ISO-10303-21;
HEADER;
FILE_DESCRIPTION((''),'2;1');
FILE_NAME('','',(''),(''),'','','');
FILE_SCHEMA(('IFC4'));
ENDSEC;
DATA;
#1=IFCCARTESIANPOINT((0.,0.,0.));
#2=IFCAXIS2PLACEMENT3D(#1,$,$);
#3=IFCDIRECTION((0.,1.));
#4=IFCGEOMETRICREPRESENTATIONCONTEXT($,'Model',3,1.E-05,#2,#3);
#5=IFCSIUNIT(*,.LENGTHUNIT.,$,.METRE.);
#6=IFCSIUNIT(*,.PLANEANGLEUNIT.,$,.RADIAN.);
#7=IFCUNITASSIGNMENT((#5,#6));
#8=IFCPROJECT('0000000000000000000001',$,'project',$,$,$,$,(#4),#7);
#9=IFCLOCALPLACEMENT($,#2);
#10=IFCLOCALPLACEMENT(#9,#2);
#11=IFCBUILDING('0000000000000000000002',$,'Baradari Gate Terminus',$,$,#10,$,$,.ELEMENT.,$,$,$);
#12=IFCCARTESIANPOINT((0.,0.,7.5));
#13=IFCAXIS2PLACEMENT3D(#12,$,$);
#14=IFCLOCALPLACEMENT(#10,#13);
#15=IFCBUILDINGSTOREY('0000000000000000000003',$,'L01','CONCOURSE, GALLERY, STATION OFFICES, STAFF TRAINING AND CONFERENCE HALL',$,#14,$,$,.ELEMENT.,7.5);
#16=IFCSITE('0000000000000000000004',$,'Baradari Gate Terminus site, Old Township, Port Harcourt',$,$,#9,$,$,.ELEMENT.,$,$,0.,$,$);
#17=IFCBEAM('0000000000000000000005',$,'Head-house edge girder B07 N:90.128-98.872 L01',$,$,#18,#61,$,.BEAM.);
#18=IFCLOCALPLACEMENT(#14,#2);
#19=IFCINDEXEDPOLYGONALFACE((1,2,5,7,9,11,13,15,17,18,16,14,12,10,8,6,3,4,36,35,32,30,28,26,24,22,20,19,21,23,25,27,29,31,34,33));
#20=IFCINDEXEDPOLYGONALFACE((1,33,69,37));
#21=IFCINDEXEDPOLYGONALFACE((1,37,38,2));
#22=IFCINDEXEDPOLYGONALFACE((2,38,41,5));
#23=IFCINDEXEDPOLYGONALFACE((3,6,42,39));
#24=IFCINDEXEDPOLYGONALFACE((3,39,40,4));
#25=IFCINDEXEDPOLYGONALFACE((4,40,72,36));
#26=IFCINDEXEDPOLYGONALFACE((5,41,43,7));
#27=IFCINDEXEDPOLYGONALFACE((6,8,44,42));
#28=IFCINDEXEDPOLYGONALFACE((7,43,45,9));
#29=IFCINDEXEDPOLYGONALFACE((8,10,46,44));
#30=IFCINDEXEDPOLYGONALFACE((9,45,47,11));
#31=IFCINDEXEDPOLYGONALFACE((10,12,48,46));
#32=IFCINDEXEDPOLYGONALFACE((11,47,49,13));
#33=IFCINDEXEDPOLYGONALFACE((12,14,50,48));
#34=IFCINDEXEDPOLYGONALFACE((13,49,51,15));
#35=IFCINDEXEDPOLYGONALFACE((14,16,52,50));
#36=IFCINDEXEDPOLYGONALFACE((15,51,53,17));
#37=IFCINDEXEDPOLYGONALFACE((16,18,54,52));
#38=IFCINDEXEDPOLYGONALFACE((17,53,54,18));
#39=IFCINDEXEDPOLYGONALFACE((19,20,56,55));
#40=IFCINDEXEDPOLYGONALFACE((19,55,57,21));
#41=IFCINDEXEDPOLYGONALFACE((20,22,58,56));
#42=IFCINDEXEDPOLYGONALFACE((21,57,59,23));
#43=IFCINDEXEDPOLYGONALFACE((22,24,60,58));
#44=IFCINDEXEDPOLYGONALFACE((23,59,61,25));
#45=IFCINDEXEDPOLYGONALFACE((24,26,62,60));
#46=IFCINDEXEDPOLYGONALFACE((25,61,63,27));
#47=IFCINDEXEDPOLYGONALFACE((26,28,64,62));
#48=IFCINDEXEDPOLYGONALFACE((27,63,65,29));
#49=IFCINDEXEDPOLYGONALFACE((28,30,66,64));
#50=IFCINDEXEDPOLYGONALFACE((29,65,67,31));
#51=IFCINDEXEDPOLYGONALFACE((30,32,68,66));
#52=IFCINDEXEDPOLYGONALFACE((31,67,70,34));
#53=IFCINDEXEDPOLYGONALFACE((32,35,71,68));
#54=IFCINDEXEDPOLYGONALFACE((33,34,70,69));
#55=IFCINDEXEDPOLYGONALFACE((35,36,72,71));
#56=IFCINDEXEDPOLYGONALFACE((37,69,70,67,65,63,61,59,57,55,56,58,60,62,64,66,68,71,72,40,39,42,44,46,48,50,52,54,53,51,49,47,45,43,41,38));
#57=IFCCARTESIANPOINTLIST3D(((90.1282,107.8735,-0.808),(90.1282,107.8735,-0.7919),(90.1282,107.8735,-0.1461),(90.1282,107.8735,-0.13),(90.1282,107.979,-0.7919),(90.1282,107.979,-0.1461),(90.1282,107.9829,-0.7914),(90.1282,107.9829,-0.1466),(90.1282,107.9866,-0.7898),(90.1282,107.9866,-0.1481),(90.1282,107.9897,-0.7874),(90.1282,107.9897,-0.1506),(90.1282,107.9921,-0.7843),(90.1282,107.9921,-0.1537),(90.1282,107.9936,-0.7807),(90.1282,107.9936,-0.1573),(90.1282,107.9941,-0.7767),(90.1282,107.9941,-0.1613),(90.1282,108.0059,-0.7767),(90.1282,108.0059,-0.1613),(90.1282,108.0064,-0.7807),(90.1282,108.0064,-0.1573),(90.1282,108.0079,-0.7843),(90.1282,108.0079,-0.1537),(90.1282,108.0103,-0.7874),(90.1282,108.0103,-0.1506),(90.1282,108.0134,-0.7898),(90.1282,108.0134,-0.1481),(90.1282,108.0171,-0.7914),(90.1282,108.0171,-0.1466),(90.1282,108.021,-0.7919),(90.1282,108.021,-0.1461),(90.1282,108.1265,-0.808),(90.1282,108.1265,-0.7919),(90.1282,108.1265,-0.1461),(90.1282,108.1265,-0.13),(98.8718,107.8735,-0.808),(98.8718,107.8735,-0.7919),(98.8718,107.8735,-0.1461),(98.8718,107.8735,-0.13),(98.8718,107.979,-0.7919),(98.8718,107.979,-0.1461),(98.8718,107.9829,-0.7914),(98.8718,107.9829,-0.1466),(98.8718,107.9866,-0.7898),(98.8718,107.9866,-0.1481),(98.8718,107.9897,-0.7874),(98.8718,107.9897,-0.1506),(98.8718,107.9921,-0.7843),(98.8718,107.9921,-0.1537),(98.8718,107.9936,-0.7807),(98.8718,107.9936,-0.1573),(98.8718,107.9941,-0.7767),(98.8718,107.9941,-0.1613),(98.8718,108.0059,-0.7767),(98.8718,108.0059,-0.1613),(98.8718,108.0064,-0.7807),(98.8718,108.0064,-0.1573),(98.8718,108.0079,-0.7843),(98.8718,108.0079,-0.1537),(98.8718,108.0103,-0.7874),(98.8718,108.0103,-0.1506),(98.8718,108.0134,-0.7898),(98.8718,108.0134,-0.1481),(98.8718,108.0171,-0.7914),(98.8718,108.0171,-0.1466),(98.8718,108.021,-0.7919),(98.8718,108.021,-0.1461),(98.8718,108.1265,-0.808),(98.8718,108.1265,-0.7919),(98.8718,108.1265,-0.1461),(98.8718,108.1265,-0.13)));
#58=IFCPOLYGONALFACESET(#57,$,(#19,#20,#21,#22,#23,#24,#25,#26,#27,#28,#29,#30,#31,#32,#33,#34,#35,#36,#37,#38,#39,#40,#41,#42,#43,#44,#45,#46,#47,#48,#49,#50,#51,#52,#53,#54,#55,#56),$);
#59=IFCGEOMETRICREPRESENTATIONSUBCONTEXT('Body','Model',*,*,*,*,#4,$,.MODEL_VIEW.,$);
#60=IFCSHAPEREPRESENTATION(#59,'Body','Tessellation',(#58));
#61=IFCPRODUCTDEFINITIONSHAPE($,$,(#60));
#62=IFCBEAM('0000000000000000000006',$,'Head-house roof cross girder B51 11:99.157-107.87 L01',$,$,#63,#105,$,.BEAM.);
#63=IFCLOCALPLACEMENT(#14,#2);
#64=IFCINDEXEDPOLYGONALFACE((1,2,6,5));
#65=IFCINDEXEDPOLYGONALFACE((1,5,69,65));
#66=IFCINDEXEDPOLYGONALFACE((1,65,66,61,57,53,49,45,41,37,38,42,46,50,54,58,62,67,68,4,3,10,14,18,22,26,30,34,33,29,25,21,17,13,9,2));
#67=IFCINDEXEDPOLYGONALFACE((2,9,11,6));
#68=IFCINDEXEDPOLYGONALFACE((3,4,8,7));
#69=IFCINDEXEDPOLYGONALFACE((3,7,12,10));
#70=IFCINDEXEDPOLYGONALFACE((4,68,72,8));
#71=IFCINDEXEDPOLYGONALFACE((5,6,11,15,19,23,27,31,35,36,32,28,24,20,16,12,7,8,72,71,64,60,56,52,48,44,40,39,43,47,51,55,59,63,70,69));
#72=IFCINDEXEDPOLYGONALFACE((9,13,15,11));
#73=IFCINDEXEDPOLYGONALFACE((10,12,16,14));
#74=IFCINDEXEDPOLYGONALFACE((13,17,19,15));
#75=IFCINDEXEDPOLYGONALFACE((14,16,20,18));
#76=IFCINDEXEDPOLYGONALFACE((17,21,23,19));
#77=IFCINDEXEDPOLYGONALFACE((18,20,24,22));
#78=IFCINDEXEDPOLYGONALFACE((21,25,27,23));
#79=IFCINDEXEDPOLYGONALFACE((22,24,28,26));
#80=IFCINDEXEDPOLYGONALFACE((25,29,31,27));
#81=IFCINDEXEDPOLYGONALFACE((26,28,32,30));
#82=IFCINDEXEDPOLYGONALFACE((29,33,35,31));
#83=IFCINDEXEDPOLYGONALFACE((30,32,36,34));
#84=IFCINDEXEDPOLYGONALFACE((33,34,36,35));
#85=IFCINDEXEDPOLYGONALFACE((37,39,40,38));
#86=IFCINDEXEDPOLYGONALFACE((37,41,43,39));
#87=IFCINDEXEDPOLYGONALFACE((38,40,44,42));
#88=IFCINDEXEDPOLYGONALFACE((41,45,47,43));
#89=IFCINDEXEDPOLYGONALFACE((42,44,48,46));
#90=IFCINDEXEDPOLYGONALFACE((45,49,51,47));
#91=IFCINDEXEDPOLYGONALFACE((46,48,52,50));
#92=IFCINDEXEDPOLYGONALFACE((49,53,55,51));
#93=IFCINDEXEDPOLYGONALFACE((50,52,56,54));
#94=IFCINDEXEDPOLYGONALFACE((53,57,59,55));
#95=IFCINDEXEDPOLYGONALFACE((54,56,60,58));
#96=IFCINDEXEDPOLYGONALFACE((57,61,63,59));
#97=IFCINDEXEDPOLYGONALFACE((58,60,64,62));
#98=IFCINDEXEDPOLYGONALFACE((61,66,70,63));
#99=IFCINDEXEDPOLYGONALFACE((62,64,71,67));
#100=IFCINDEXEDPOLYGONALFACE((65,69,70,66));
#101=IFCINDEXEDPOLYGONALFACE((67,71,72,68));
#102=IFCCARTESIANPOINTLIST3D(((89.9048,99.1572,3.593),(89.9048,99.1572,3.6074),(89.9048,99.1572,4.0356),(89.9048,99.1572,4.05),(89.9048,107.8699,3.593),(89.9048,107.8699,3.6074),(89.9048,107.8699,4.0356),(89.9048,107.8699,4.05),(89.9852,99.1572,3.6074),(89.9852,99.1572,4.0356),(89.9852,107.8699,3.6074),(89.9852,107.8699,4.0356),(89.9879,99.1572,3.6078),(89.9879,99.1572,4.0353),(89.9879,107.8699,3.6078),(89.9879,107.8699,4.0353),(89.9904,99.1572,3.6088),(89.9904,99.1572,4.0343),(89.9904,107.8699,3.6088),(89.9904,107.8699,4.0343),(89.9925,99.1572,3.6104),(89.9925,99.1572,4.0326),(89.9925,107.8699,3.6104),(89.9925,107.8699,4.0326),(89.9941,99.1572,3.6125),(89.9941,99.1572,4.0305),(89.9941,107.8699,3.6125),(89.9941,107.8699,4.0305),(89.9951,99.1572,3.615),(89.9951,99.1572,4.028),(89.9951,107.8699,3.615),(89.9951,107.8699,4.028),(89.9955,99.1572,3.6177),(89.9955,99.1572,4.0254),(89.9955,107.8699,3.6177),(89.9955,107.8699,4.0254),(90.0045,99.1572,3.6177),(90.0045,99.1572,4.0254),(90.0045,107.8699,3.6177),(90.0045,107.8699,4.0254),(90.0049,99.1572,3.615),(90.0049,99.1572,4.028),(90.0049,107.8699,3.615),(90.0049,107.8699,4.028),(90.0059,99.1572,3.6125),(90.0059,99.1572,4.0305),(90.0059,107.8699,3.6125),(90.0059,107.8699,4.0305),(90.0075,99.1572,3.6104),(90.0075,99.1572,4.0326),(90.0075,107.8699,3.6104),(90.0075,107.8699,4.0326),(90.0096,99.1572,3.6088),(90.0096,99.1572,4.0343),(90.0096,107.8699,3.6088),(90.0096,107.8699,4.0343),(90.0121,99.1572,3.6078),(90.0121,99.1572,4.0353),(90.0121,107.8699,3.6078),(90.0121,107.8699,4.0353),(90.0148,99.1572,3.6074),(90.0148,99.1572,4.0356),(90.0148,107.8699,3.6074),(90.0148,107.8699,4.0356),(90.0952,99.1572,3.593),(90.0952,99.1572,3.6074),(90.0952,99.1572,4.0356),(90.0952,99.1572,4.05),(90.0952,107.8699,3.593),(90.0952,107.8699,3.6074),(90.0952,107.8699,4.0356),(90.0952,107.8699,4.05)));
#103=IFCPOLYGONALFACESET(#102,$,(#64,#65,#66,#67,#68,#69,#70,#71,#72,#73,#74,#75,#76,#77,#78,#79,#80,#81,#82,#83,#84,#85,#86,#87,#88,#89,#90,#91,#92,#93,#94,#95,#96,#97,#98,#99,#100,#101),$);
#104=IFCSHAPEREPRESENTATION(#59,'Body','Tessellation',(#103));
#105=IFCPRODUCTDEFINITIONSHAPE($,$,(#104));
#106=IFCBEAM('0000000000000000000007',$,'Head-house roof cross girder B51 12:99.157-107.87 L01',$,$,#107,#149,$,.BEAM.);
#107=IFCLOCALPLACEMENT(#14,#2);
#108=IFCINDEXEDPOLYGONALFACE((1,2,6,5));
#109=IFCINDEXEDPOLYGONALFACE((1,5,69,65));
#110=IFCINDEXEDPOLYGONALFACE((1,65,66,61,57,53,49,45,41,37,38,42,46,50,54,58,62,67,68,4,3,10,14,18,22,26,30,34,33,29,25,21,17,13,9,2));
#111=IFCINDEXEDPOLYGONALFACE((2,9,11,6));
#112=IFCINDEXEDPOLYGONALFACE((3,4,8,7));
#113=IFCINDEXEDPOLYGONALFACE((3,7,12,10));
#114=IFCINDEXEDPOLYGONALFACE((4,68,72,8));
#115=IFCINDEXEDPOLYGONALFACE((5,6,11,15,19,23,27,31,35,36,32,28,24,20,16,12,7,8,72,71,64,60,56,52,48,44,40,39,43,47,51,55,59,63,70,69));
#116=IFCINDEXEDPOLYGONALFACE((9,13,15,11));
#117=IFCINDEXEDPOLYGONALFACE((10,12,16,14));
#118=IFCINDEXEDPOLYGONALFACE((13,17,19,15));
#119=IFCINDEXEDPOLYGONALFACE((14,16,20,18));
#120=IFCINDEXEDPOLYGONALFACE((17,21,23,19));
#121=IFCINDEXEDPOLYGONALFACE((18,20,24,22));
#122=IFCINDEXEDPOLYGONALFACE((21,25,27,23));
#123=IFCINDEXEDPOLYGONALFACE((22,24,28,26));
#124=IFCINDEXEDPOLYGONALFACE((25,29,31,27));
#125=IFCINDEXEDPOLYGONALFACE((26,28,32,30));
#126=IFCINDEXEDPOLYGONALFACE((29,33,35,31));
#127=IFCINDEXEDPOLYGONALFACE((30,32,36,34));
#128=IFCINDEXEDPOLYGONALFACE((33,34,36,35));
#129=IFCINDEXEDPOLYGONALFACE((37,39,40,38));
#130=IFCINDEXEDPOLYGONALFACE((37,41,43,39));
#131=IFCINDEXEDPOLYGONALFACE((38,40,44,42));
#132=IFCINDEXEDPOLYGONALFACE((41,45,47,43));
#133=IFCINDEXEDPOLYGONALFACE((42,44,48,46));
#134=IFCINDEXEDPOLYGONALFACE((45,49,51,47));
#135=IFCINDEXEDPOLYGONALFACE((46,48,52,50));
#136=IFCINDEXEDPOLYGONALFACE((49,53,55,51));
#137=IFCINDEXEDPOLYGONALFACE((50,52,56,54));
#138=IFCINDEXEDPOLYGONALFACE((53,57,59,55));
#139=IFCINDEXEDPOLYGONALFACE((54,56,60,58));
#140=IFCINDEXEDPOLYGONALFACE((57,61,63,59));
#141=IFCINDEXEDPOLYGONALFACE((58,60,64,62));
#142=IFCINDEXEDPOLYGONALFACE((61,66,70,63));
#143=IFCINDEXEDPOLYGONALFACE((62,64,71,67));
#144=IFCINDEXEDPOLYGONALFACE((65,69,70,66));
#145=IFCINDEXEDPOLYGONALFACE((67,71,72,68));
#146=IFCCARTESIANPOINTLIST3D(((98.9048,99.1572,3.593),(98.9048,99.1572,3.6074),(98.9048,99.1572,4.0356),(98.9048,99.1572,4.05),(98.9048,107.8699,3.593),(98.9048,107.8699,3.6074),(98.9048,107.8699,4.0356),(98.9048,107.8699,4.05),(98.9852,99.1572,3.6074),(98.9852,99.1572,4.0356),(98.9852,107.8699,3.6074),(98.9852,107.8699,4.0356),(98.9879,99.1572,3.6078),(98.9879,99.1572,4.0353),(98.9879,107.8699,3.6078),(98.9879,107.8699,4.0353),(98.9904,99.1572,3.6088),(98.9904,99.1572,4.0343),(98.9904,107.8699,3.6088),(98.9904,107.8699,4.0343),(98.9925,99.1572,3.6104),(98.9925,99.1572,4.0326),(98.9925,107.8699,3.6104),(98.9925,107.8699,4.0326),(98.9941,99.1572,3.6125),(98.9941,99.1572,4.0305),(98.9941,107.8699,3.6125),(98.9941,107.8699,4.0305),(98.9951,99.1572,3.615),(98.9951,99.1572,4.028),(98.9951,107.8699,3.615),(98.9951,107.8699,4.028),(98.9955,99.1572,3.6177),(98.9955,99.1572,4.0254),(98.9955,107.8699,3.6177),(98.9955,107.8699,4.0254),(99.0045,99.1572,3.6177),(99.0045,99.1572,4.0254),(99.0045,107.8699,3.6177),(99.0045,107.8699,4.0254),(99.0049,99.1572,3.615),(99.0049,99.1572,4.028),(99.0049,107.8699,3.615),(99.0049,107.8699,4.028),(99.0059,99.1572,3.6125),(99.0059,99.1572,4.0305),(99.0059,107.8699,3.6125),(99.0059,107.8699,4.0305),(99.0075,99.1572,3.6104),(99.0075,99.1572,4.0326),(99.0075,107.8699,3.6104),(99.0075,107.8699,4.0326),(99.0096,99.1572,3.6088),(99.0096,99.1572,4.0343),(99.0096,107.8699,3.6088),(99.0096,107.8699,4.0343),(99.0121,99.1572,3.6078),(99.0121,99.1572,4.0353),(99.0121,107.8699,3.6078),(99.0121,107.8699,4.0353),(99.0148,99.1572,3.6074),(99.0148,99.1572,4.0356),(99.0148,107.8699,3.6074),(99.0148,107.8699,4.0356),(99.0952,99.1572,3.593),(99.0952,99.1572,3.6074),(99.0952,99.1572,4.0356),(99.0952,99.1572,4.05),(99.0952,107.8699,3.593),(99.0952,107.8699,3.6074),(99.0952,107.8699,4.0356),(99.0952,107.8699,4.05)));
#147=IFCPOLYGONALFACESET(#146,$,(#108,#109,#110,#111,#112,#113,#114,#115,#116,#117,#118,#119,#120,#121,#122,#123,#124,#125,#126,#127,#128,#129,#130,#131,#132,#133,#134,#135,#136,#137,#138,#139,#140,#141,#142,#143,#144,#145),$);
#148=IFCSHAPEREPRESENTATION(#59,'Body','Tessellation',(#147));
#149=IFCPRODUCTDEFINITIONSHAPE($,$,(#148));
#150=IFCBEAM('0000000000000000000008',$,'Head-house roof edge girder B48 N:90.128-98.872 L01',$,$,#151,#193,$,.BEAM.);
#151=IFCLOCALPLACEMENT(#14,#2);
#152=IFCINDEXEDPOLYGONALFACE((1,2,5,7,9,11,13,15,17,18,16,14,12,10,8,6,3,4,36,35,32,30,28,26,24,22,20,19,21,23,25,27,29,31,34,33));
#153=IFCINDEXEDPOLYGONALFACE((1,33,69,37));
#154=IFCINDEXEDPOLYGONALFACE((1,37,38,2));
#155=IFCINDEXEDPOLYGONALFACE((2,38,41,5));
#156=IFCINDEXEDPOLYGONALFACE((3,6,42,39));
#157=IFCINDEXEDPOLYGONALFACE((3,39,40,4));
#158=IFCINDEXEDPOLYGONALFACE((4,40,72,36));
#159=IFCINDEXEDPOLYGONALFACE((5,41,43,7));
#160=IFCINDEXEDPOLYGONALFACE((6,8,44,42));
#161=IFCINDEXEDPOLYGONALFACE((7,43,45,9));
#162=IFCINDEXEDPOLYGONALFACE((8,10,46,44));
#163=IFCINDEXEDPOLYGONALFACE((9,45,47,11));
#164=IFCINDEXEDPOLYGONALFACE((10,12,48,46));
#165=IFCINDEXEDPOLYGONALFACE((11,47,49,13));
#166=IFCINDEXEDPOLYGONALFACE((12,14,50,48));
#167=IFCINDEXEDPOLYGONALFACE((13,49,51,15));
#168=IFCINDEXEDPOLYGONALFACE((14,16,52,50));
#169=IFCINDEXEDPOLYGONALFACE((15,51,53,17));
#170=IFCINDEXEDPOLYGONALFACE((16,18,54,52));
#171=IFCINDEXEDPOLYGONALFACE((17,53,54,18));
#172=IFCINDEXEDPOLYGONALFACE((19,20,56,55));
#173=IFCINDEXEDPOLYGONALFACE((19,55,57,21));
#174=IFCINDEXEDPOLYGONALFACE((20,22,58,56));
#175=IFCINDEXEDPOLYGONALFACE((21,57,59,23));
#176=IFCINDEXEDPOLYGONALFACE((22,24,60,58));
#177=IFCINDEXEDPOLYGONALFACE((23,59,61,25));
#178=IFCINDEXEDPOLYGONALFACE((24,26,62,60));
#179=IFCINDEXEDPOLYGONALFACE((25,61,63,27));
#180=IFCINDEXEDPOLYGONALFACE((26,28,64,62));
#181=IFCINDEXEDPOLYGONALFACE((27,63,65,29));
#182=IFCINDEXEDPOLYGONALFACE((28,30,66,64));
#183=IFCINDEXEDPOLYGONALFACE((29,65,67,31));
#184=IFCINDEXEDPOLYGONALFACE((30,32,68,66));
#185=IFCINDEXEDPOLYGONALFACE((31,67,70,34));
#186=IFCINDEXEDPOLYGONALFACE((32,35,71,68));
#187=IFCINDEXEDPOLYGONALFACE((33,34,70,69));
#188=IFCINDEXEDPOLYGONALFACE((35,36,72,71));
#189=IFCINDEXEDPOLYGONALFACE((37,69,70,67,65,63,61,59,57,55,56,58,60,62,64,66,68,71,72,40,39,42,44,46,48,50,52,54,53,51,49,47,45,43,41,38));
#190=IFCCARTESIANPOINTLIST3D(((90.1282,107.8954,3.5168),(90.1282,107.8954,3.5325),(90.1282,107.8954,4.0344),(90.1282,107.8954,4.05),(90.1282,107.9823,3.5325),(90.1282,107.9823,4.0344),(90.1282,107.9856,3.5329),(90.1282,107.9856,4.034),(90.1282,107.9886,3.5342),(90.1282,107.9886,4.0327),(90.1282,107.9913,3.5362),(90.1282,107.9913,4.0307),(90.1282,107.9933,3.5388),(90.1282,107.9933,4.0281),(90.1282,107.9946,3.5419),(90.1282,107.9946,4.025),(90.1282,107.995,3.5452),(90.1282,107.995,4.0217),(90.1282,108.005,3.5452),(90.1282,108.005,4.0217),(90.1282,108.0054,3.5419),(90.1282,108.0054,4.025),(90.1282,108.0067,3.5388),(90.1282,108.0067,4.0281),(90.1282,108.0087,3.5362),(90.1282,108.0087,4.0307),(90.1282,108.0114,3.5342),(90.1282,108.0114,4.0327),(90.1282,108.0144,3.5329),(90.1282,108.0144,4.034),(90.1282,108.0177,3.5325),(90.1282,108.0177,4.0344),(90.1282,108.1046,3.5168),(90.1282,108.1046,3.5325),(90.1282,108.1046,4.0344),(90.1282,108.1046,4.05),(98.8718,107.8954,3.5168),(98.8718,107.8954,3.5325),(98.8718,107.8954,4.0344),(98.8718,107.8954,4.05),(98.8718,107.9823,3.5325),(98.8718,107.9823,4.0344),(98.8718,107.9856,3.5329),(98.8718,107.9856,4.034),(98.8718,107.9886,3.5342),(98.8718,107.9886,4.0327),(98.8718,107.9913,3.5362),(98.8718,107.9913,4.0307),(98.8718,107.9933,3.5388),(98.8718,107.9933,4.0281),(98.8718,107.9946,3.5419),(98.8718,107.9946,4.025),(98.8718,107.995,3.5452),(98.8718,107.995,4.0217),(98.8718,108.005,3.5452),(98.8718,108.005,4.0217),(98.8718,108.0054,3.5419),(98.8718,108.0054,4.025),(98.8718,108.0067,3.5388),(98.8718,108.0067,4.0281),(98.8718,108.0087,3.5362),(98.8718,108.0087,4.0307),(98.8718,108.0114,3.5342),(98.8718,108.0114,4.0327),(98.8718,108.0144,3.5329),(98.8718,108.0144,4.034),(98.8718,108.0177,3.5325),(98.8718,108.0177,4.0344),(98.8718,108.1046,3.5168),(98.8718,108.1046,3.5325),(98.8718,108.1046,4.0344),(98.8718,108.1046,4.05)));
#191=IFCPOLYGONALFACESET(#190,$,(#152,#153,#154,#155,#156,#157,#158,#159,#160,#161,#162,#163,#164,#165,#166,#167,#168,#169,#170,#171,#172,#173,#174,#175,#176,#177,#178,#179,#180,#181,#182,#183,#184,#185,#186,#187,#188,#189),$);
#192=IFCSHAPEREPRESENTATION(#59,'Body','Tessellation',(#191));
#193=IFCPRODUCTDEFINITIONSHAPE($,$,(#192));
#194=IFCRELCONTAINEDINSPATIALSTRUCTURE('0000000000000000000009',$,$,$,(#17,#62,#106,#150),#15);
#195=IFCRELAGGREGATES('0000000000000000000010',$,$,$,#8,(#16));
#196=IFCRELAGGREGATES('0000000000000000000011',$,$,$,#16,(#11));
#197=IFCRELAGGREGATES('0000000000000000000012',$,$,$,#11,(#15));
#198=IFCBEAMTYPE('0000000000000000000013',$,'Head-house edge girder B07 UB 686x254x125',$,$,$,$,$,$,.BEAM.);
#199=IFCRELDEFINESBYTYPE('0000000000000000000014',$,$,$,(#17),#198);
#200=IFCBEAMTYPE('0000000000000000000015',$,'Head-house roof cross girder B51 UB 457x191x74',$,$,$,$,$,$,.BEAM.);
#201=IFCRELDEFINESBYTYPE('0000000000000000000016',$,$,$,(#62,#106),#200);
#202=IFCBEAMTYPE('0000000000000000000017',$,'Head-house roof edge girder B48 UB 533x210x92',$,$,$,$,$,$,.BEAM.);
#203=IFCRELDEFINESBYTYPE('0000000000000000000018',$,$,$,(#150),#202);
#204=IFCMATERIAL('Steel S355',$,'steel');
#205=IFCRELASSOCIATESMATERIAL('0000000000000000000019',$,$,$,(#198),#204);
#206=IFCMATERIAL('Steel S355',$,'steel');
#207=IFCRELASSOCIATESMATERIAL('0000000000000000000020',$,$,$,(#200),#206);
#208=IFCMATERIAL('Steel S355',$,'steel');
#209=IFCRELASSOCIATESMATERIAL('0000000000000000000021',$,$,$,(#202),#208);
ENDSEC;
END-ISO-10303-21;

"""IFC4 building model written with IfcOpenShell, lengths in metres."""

from ifc_helpers import new_model, si_unit, direction, frame, origin, origin_2d, place, context, subcontext, project, spatial, i_section, extrude, material, material_profile, profile_set, type_object, element, save


model = new_model("IFC4")

# Units and contexts
model_context = context("Model", 3, precision=1e-05, world=origin(), true_north=direction((0.0, 1.0)))
body_context = subcontext(model_context, "Body", "Model", "MODEL_VIEW")
ifc_project = project(units=[si_unit("LENGTHUNIT", "METRE"), si_unit("PLANEANGLEUNIT", "RADIAN")], contexts=[model_context])

# Site, building, storey
site_placement = place(None, origin())
site = spatial("IfcSite", under=ifc_project, at=site_placement, Name="Baradari Gate Terminus site, Old Township, Port Harcourt", CompositionType="ELEMENT", RefElevation=0.0)
building_placement = place(site_placement, origin())
building = spatial("IfcBuilding", under=site, at=building_placement, Name="Baradari Gate Terminus", CompositionType="ELEMENT")
storey_placement = place(building_placement, frame((0.0, 0.0, 7.5)))
storey = spatial("IfcBuildingStorey", under=building, at=storey_placement, Name="L01", Description="CONCOURSE, GALLERY, STATION OFFICES, STAFF TRAINING AND CONFERENCE HALL", CompositionType="ELEMENT", Elevation=7.5)

# Beams
ifc_material_1 = material(Name="Steel S355", Category="steel")
ifc_material_profile_1 = material_profile(ifc_material_1, i_section(OverallWidth=0.2529, OverallDepth=0.678, WebThickness=0.0117, FlangeThickness=0.0161, FilletRadius=0.0151, at=origin_2d()), Name="UB 686x254x125")
ifc_profile_set_1 = profile_set([ifc_material_profile_1], Name="Steel S355")
beam_type_1 = type_object("IfcBeamType", Name="Head-house edge girder B07 UB 686x254x125", PredefinedType="BEAM", material=ifc_profile_set_1)
beam_1_placement = place(storey_placement, frame((90.1282, 108.0, -0.469), z_axis=(1.0, 0.0, 0.0), x_axis=(0.0, 1.0, 0.0)))
element("IfcBeam", 1, at=beam_1_placement, inside=storey, type_object=beam_type_1, Name="Head-house edge girder B07 N:90.128-98.872 L01", PredefinedType="BEAM", context=body_context, shape_type="SweptSolid", body=[
    extrude(i_section(OverallWidth=0.2529, OverallDepth=0.678, WebThickness=0.0117, FlangeThickness=0.0161, FilletRadius=0.0151, at=origin_2d()), origin(), (0.0, 0.0, 1.0), 8.7437),
])
ifc_material_2 = material(Name="Steel S355", Category="steel")
ifc_material_profile_2 = material_profile(ifc_material_2, i_section(OverallWidth=0.1904, OverallDepth=0.457, WebThickness=0.009, FlangeThickness=0.0144, FilletRadius=0.0103, at=origin_2d()), Name="UB 457x191x74")
ifc_profile_set_2 = profile_set([ifc_material_profile_2], Name="Steel S355")
beam_type_2 = type_object("IfcBeamType", Name="Head-house roof cross girder B51 UB 457x191x74", PredefinedType="BEAM", material=ifc_profile_set_2)
for number, where, z_axis, x_axis, name in (
    (2, (90.0, 99.1572, 3.8215), (0.0, 1.0, 0.0), (-1.0, 0.0, 0.0), "Head-house roof cross girder B51 11:99.157-107.87 L01"),
    (3, (99.0, 99.1572, 3.8215), (0.0, 1.0, 0.0), (-1.0, 0.0, 0.0), "Head-house roof cross girder B51 12:99.157-107.87 L01"),
):
    element("IfcBeam", number, at=place(storey_placement, frame(where, z_axis=z_axis, x_axis=x_axis)), inside=storey, type_object=beam_type_2, Name=name, PredefinedType="BEAM", context=body_context, shape_type="SweptSolid", body=[
        extrude(i_section(OverallWidth=0.1904, OverallDepth=0.457, WebThickness=0.009, FlangeThickness=0.0144, FilletRadius=0.0103, at=origin_2d()), origin(), (0.0, 0.0, 1.0), 8.7126),
    ])
ifc_material_3 = material(Name="Steel S355", Category="steel")
ifc_material_profile_3 = material_profile(ifc_material_3, i_section(OverallWidth=0.2092, OverallDepth=0.5332, WebThickness=0.01, FlangeThickness=0.0156, FilletRadius=0.0127, at=origin_2d()), Name="UB 533x210x92")
ifc_profile_set_3 = profile_set([ifc_material_profile_3], Name="Steel S355")
beam_type_3 = type_object("IfcBeamType", Name="Head-house roof edge girder B48 UB 533x210x92", PredefinedType="BEAM", material=ifc_profile_set_3)
beam_2_placement = place(storey_placement, frame((90.1282, 108.0, 3.7834), z_axis=(1.0, 0.0, 0.0), x_axis=(0.0, 1.0, 0.0)))
element("IfcBeam", 4, at=beam_2_placement, inside=storey, type_object=beam_type_3, Name="Head-house roof edge girder B48 N:90.128-98.872 L01", PredefinedType="BEAM", context=body_context, shape_type="SweptSolid", body=[
    extrude(i_section(OverallWidth=0.2092, OverallDepth=0.5332, WebThickness=0.01, FlangeThickness=0.0156, FilletRadius=0.0127, at=origin_2d()), origin(), (0.0, 0.0, 1.0), 8.7437),
])

save(model, "model.ifc")
